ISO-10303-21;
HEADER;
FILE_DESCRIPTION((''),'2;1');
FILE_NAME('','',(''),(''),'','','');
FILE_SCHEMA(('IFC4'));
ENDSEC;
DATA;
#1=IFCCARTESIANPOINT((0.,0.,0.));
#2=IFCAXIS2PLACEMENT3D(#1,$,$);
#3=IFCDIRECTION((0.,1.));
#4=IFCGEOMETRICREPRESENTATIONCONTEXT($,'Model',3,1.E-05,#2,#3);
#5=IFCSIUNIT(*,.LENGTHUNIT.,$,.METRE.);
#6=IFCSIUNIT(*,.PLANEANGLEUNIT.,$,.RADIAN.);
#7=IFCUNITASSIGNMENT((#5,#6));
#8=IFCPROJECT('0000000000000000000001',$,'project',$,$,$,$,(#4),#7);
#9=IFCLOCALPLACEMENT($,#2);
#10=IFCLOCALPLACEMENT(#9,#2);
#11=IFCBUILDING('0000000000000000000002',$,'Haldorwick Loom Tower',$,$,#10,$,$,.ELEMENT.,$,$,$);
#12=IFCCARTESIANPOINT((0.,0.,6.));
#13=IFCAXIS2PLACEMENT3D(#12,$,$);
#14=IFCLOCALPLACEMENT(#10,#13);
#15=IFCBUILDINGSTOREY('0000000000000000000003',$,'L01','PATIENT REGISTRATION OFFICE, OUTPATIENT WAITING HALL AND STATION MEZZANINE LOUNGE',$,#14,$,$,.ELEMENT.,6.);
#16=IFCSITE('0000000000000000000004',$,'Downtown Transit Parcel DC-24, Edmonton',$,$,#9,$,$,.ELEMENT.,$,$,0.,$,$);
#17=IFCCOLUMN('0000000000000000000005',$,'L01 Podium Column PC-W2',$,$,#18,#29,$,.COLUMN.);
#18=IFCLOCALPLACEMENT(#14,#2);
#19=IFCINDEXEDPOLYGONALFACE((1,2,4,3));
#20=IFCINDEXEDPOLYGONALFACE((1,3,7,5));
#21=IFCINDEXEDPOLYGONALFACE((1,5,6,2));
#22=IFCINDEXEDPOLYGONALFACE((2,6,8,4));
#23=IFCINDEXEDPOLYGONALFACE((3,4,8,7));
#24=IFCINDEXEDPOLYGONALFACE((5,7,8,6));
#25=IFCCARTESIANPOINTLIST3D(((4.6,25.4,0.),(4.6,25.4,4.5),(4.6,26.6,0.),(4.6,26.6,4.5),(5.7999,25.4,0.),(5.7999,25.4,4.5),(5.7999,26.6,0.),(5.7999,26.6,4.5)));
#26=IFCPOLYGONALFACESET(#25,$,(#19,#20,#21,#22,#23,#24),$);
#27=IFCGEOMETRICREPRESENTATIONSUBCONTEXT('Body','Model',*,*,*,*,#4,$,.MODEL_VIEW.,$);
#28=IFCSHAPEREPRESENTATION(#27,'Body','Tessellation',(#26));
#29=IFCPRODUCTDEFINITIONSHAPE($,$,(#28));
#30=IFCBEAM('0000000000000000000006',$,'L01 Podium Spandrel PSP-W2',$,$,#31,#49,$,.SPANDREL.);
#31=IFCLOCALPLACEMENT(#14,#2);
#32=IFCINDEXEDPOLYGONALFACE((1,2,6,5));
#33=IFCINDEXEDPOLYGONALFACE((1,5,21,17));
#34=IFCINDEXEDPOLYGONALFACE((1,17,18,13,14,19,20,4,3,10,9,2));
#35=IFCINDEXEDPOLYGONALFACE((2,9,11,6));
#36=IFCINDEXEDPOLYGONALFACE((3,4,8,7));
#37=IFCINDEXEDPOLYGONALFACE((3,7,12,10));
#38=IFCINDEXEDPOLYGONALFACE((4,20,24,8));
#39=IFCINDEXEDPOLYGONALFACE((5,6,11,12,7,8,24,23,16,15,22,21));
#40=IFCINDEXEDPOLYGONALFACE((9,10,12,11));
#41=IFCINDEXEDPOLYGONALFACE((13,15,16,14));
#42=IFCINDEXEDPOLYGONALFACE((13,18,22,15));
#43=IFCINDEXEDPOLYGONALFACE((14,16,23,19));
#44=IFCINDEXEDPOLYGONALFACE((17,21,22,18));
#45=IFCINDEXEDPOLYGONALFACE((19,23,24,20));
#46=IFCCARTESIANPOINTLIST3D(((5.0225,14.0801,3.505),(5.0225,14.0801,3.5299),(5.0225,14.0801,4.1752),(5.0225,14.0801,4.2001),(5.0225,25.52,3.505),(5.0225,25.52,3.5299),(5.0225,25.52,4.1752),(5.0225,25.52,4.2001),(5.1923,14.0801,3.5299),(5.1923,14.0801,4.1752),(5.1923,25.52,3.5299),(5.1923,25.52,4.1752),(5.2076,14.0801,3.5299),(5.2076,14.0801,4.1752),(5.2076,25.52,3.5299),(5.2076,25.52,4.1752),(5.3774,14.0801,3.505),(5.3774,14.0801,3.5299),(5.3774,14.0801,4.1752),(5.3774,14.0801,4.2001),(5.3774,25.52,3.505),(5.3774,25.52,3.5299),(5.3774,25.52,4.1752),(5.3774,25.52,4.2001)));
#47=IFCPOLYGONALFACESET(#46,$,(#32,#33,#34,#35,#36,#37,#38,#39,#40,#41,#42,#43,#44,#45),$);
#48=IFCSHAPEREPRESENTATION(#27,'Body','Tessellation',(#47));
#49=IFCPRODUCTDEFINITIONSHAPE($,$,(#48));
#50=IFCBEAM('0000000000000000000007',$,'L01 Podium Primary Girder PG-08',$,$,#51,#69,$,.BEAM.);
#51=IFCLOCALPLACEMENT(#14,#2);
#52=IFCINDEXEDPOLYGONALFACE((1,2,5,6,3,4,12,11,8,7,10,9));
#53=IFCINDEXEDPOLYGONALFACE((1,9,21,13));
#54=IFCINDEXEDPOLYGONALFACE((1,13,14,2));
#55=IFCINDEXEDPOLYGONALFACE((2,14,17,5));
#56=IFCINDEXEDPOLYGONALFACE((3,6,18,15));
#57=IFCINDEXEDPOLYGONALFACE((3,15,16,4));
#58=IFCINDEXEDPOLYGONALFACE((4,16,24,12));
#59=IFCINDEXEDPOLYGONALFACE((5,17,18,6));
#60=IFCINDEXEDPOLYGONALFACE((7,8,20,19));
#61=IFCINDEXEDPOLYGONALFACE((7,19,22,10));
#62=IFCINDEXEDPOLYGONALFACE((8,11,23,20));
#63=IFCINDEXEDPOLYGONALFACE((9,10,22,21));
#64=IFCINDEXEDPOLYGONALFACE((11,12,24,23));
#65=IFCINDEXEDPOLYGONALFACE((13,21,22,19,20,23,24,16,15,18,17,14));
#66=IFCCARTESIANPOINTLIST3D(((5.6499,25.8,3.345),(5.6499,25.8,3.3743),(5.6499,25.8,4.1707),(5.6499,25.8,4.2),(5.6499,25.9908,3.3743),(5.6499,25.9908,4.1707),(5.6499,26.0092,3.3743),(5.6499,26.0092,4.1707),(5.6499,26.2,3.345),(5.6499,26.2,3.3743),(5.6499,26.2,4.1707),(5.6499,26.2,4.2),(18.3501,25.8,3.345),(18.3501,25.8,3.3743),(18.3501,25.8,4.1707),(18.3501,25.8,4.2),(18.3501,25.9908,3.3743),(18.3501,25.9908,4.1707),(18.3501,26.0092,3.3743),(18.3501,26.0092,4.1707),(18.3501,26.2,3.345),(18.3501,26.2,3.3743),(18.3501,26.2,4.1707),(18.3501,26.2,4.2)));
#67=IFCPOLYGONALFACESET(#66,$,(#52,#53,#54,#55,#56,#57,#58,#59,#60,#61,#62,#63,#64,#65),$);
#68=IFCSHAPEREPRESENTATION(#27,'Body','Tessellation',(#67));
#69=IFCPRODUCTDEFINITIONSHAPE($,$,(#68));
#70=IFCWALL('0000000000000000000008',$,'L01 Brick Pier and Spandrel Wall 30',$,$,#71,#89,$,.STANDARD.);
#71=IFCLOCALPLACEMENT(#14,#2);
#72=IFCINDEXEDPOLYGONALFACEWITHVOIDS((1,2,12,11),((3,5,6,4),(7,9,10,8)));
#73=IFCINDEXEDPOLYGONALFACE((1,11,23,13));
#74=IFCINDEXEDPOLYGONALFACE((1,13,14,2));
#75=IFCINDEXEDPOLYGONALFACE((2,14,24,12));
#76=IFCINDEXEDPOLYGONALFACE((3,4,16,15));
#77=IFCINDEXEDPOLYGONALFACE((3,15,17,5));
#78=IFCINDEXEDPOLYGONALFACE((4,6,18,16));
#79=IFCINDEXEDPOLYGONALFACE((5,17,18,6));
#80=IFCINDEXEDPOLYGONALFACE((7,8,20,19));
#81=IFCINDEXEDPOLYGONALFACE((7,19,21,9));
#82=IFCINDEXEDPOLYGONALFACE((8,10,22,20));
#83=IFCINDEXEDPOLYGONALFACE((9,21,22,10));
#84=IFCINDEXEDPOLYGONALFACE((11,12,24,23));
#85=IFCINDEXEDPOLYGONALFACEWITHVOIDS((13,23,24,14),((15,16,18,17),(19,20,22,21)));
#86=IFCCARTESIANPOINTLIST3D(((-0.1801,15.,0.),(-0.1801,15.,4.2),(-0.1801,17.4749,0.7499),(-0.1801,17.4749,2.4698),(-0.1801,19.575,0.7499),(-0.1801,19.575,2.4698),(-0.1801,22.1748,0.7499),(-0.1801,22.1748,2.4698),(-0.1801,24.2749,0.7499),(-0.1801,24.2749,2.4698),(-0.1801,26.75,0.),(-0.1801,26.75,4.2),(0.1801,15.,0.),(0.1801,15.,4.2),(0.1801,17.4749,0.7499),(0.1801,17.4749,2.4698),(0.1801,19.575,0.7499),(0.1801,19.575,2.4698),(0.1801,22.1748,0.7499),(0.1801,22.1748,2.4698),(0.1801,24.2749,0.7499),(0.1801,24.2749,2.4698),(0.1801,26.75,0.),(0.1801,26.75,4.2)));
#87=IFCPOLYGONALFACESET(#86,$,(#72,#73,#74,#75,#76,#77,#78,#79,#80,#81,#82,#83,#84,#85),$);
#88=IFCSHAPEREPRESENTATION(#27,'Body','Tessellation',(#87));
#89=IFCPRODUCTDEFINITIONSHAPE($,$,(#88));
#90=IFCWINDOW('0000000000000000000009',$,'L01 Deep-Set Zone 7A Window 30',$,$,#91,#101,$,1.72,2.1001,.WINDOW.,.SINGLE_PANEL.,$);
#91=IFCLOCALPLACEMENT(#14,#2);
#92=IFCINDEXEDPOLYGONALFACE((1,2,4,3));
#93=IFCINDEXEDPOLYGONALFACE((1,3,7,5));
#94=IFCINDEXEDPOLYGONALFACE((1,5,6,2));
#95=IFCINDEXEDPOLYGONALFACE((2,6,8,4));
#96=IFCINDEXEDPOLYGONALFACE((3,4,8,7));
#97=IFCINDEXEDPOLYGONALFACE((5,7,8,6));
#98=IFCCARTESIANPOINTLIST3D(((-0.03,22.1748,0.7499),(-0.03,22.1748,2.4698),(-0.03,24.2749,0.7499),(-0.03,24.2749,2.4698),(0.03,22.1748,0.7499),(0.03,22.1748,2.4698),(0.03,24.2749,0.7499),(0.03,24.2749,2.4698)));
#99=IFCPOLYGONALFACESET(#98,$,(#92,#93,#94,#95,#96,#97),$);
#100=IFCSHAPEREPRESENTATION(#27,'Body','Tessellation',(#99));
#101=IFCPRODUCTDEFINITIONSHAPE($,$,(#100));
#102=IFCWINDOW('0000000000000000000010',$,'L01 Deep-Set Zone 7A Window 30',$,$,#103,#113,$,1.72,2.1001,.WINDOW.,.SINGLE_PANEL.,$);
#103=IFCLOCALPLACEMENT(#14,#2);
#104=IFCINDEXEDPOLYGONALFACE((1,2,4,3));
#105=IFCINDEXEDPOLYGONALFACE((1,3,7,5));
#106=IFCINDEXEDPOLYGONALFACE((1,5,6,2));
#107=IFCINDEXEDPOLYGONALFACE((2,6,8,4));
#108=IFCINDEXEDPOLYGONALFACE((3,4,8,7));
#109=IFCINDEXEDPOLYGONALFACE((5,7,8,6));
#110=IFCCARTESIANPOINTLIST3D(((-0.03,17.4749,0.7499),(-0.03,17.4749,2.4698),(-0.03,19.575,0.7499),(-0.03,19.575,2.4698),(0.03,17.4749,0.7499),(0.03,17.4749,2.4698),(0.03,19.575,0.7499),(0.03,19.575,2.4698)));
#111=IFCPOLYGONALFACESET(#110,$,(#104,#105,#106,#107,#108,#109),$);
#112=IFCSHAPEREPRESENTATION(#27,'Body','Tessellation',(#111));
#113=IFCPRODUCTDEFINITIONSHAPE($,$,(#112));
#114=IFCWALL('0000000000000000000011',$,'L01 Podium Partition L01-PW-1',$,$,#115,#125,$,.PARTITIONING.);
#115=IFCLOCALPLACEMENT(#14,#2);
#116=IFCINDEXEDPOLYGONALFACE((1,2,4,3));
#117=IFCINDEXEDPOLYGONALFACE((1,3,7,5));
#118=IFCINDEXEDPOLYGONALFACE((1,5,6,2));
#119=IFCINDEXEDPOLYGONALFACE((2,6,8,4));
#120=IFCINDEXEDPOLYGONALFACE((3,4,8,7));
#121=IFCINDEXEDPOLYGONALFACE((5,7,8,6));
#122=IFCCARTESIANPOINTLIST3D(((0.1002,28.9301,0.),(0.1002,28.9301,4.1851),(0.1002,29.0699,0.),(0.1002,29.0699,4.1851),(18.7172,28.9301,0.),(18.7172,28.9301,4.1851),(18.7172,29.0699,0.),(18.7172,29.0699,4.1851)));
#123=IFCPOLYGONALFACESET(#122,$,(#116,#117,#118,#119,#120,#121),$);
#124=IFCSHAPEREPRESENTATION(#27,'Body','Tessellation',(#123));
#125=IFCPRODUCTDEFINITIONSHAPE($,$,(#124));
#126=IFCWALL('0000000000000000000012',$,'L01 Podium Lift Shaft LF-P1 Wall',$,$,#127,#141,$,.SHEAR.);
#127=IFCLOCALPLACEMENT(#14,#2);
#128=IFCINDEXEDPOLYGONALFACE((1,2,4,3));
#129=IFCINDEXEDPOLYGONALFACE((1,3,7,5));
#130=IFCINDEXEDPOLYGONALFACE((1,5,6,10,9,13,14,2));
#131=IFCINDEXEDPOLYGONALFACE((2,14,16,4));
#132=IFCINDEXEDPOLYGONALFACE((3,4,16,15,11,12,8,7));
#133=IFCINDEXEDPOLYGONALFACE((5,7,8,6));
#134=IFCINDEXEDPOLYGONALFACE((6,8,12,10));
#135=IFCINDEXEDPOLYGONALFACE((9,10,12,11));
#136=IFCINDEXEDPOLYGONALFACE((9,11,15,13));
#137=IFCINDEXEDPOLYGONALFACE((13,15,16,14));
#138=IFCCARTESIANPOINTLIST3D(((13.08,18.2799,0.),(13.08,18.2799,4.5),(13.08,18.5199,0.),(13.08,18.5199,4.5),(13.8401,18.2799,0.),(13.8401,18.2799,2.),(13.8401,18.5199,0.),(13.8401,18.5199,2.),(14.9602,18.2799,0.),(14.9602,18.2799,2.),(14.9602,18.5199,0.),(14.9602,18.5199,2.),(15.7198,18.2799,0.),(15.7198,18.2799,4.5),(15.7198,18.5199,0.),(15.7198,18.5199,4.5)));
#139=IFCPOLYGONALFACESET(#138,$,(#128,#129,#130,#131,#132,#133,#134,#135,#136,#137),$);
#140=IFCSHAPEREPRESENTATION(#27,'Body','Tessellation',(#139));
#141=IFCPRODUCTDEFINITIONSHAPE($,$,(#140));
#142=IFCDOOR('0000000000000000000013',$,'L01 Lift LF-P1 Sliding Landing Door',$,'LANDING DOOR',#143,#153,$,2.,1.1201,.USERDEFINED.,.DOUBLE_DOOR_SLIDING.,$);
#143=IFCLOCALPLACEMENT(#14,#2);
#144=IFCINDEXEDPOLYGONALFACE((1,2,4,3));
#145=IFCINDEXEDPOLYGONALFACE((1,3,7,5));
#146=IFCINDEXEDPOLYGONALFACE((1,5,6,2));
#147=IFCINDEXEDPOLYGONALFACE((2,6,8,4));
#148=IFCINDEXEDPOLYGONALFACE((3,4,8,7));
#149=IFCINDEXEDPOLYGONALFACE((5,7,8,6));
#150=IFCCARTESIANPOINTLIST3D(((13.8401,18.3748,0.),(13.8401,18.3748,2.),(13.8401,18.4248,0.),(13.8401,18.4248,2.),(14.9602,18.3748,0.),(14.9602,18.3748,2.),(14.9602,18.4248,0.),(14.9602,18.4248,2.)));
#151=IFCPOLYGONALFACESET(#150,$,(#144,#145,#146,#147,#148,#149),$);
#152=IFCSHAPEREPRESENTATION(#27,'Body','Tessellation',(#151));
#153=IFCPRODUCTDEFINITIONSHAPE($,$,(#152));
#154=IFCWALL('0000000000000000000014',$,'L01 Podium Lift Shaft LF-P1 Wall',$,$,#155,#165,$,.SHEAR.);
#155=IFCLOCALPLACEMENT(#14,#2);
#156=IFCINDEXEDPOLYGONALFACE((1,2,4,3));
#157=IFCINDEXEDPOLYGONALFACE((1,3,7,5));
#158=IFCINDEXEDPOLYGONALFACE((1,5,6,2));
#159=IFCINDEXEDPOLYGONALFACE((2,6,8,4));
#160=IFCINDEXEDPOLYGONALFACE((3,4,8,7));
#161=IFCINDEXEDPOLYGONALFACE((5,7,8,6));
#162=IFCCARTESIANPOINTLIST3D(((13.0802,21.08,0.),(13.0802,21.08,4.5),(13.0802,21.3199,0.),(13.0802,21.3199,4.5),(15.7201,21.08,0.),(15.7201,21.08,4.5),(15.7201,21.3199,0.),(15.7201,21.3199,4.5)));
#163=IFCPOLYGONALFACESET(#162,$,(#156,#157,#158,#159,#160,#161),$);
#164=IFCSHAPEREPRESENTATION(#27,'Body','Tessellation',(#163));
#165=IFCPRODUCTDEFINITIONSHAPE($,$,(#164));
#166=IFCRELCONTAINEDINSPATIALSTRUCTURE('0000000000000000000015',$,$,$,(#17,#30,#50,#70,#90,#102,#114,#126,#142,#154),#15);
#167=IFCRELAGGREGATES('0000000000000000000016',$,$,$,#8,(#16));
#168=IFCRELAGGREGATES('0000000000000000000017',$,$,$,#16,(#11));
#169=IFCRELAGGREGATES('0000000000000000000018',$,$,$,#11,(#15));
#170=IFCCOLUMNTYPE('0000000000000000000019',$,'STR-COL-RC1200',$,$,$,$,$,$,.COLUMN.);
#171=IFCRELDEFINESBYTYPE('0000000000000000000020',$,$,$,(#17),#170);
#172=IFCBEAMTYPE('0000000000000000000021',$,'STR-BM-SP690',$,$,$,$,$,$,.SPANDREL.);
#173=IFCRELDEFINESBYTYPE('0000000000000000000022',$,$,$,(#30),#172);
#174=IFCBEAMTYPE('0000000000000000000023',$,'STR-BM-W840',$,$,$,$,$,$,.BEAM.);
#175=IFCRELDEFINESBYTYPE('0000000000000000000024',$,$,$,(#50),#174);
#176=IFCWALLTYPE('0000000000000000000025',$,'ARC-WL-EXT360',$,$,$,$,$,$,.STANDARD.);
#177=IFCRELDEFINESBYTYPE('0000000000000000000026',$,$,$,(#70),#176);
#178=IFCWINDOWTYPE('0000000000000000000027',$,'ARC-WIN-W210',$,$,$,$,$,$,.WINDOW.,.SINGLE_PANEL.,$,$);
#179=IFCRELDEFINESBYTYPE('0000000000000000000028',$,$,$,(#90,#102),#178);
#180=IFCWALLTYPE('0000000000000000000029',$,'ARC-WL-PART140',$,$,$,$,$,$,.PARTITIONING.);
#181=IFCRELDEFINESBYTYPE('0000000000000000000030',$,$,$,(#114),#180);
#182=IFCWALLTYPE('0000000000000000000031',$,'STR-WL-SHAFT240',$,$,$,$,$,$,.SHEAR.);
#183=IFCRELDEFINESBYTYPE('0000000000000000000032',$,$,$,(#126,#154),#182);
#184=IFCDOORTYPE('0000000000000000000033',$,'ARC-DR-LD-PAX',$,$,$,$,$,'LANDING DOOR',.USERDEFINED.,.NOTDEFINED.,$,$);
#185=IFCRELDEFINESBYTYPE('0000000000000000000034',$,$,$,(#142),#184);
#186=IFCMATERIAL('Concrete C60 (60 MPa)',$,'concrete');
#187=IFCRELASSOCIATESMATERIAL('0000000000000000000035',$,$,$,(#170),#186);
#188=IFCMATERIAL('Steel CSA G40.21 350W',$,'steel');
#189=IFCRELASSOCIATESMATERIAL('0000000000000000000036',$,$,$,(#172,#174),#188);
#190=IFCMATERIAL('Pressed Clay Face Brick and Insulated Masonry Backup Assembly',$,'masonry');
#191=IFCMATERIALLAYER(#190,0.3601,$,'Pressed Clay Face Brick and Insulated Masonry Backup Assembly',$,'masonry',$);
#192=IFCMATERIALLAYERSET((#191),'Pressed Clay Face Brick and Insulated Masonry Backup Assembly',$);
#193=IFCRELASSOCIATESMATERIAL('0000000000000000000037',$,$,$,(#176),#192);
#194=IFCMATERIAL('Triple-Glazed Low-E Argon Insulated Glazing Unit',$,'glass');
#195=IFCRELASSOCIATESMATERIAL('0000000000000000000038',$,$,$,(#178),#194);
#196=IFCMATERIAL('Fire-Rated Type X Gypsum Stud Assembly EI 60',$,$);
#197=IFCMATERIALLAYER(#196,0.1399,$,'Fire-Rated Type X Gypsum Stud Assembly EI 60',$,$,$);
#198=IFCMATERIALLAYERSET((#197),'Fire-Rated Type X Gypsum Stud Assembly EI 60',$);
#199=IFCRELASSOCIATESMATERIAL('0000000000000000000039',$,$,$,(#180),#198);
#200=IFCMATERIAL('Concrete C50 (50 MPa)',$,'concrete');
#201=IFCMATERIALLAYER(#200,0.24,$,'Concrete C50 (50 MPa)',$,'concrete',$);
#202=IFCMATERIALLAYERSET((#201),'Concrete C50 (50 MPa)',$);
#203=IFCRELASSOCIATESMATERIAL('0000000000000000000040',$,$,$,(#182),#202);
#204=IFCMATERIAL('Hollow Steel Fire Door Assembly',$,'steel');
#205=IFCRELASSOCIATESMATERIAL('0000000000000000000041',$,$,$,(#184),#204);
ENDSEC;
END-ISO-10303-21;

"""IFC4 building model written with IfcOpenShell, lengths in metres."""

from ifc_helpers import new_model, si_unit, direction, frame, frame_2d, origin, origin_2d, place, context, subcontext, project, spatial, rectangle, i_section, extrude, material, layer, layer_set, material_profile, profile_set, type_object, element, fill, save


model = new_model("IFC4")

# Units and contexts
model_context = context("Model", 3, precision=1e-05, world=origin(), true_north=direction((0.0, 1.0)))
body_context = subcontext(model_context, "Body", "Model", "MODEL_VIEW")
ifc_project = project(units=[si_unit("LENGTHUNIT", "METRE"), si_unit("PLANEANGLEUNIT", "RADIAN")], contexts=[model_context])

# Site, building, storey
site_placement = place(None, origin())
site = spatial("IfcSite", under=ifc_project, at=site_placement, Name="Downtown Transit Parcel DC-24, Edmonton", CompositionType="ELEMENT", RefElevation=0.0)
building_placement = place(site_placement, origin())
building = spatial("IfcBuilding", under=site, at=building_placement, Name="Haldorwick Loom Tower", CompositionType="ELEMENT")
storey_placement = place(building_placement, frame((0.0, 0.0, 6.0)))
storey = spatial("IfcBuildingStorey", under=building, at=storey_placement, Name="L01", Description="PATIENT REGISTRATION OFFICE, OUTPATIENT WAITING HALL AND STATION MEZZANINE LOUNGE", CompositionType="ELEMENT", Elevation=6.0)

# Column
ifc_material_1 = material(Name="Concrete C60 (60 MPa)", Category="concrete")
ifc_material_profile_1 = material_profile(ifc_material_1, rectangle(XDim=1.2, YDim=1.2, at=origin_2d()), Name="RC1200X1200", Category="concrete")
ifc_profile_set_1 = profile_set([ifc_material_profile_1], Name="Concrete C60 (60 MPa)")
column_type = type_object("IfcColumnType", Name="STR-COL-RC1200", PredefinedType="COLUMN", material=ifc_profile_set_1)
column_placement = place(storey_placement, frame((5.2, 26.0, 0.0), z_axis=(0.0, 0.0, 1.0), x_axis=(1.0, 0.0, 0.0)))
element("IfcColumn", 1, at=column_placement, inside=storey, type_object=column_type, Name="L01 Podium Column PC-W2", PredefinedType="COLUMN", context=body_context, shape_type="SweptSolid", body=[
    extrude(rectangle(XDim=1.2, YDim=1.2, at=origin_2d()), origin(), (0.0, 0.0, 1.0), 4.5),
])

# Beams
ifc_material_2 = material(Name="Steel CSA G40.21 350W", Category="steel")
ifc_material_profile_2 = material_profile(ifc_material_2, i_section(OverallWidth=0.355, OverallDepth=0.6951, WebThickness=0.0154, FlangeThickness=0.0249, at=origin_2d()), Name="W690X217", Category="steel")
ifc_profile_set_2 = profile_set([ifc_material_profile_2], Name="Steel CSA G40.21 350W")
beam_type_1 = type_object("IfcBeamType", Name="STR-BM-SP690", PredefinedType="SPANDREL", material=ifc_profile_set_2)
beam_1_placement = place(storey_placement, frame((5.2, 25.52, 3.8525), z_axis=(0.0, -1.0, 0.0), x_axis=(1.0, 0.0, 0.0)))
element("IfcBeam", 2, at=beam_1_placement, inside=storey, type_object=beam_type_1, Name="L01 Podium Spandrel PSP-W2", PredefinedType="SPANDREL", context=body_context, shape_type="SweptSolid", body=[
    extrude(i_section(OverallWidth=0.355, OverallDepth=0.6951, WebThickness=0.0154, FlangeThickness=0.0249, at=origin_2d()), origin(), (0.0, 0.0, 1.0), 11.4399),
])
ifc_material_profile_3 = material_profile(ifc_material_2, i_section(OverallWidth=0.3999, OverallDepth=0.855, WebThickness=0.0183, FlangeThickness=0.0293, at=origin_2d()), Name="W840X299", Category="steel")
ifc_profile_set_3 = profile_set([ifc_material_profile_3], Name="Steel CSA G40.21 350W")
beam_type_2 = type_object("IfcBeamType", Name="STR-BM-W840", PredefinedType="BEAM", material=ifc_profile_set_3)
beam_2_placement = place(storey_placement, frame((5.6499, 26.0, 3.7725), z_axis=(1.0, 0.0, 0.0), x_axis=(0.0, 1.0, 0.0)))
element("IfcBeam", 3, at=beam_2_placement, inside=storey, type_object=beam_type_2, Name="L01 Podium Primary Girder PG-08", PredefinedType="BEAM", context=body_context, shape_type="SweptSolid", body=[
    extrude(i_section(OverallWidth=0.3999, OverallDepth=0.855, WebThickness=0.0183, FlangeThickness=0.0293, at=origin_2d()), origin(), (0.0, 0.0, 1.0), 12.7002),
])

# Wall, openings, windows
ifc_material_3 = material(Name="Pressed Clay Face Brick and Insulated Masonry Backup Assembly", Category="masonry")
ifc_layer_1 = layer(ifc_material_3, 0.3601, Name="Pressed Clay Face Brick and Insulated Masonry Backup Assembly", Category="masonry")
ifc_layer_set_1 = layer_set([ifc_layer_1], Name="Pressed Clay Face Brick and Insulated Masonry Backup Assembly")
wall_type_1 = type_object("IfcWallType", Name="ARC-WL-EXT360", PredefinedType="STANDARD", material=ifc_layer_set_1)
wall_1_placement = place(storey_placement, frame((0.0, 26.75, 0.0), z_axis=(0.0, 0.0, 1.0), x_axis=(0.0, -1.0, 0.0)))
wall_1 = element("IfcWall", 4, at=wall_1_placement, inside=storey, type_object=wall_type_1, Name="L01 Brick Pier and Spandrel Wall 30", PredefinedType="STANDARD", context=body_context, shape_type="SweptSolid", body=[
    extrude(rectangle(XDim=11.75, YDim=0.3601, at=frame_2d((5.875, 0.0))), origin(), (0.0, 0.0, 1.0), 4.2),
])
opening_1_placement = place(wall_1_placement, frame((2.4751, 0.0, 0.75)))
opening_1 = element("IfcOpeningElement", 5, at=opening_1_placement, cuts=wall_1, PredefinedType="OPENING", context=body_context, shape_type="SweptSolid", body=[
    extrude(rectangle(XDim=2.1001, YDim=1.72, at=frame_2d((1.05, 0.8599))), frame((0.0, 0.1899, 0.0), z_axis=(0.0, -1.0, 0.0), x_axis=(1.0, 0.0, 0.0)), (0.0, 0.0, 1.0), 0.3801),
])
opening_2_placement = place(wall_1_placement, frame((7.175, 0.0, 0.75)))
opening_2 = element("IfcOpeningElement", 6, at=opening_2_placement, cuts=wall_1, PredefinedType="OPENING", context=body_context, shape_type="SweptSolid", body=[
    extrude(rectangle(XDim=2.1001, YDim=1.72, at=frame_2d((1.05, 0.8599))), frame((0.0, 0.1899, 0.0), z_axis=(0.0, -1.0, 0.0), x_axis=(1.0, 0.0, 0.0)), (0.0, 0.0, 1.0), 0.3801),
])
ifc_material_4 = material(Name="Triple-Glazed Low-E Argon Insulated Glazing Unit", Category="glass")
window_type = type_object("IfcWindowType", Name="ARC-WIN-W210", PartitioningType="SINGLE_PANEL", PredefinedType="WINDOW", material=ifc_material_4)
window_1_placement = place(opening_1_placement, origin())
window_1 = element("IfcWindow", 7, at=window_1_placement, inside=storey, type_object=window_type, Name="L01 Deep-Set Zone 7A Window 30", OverallHeight=1.72, OverallWidth=2.1001, PartitioningType="SINGLE_PANEL", PredefinedType="WINDOW", context=body_context, shape_type="SweptSolid", body=[
    extrude(rectangle(XDim=2.1001, YDim=1.72, at=frame_2d((1.05, 0.8599))), frame((0.0, 0.03, 0.0), z_axis=(0.0, -1.0, 0.0), x_axis=(1.0, 0.0, 0.0)), (0.0, 0.0, 1.0), 0.0601),
])
fill(opening_1, window_1)
window_2_placement = place(opening_2_placement, origin())
window_2 = element("IfcWindow", 8, at=window_2_placement, inside=storey, type_object=window_type, Name="L01 Deep-Set Zone 7A Window 30", OverallHeight=1.72, OverallWidth=2.1001, PartitioningType="SINGLE_PANEL", PredefinedType="WINDOW", context=body_context, shape_type="SweptSolid", body=[
    extrude(rectangle(XDim=2.1001, YDim=1.72, at=frame_2d((1.05, 0.8599))), frame((0.0, 0.03, 0.0), z_axis=(0.0, -1.0, 0.0), x_axis=(1.0, 0.0, 0.0)), (0.0, 0.0, 1.0), 0.0601),
])
fill(opening_2, window_2)

# Wall
ifc_material_5 = material(Name="Fire-Rated Type X Gypsum Stud Assembly EI 60")
ifc_layer_2 = layer(ifc_material_5, 0.1399, Name="Fire-Rated Type X Gypsum Stud Assembly EI 60")
ifc_layer_set_2 = layer_set([ifc_layer_2], Name="Fire-Rated Type X Gypsum Stud Assembly EI 60")
wall_type_2 = type_object("IfcWallType", Name="ARC-WL-PART140", PredefinedType="PARTITIONING", material=ifc_layer_set_2)
wall_2_placement = place(storey_placement, frame((0.1001, 29.0, 0.0), z_axis=(0.0, 0.0, 1.0), x_axis=(1.0, 0.0, 0.0)))
element("IfcWall", 9, at=wall_2_placement, inside=storey, type_object=wall_type_2, Name="L01 Podium Partition L01-PW-1", PredefinedType="PARTITIONING", context=body_context, shape_type="SweptSolid", body=[
    extrude(rectangle(XDim=18.6169, YDim=0.1399, at=frame_2d((9.3086, 0.0))), origin(), (0.0, 0.0, 1.0), 4.1851),
])

# Wall, opening, door
ifc_material_6 = material(Name="Concrete C50 (50 MPa)", Category="concrete")
ifc_layer_3 = layer(ifc_material_6, 0.24, Name="Concrete C50 (50 MPa)", Category="concrete")
ifc_layer_set_3 = layer_set([ifc_layer_3], Name="Concrete C50 (50 MPa)")
wall_type_3 = type_object("IfcWallType", Name="STR-WL-SHAFT240", PredefinedType="SHEAR", material=ifc_layer_set_3)
wall_3_placement = place(storey_placement, frame((13.0801, 18.3999, 0.0), z_axis=(0.0, 0.0, 1.0), x_axis=(1.0, 0.0, 0.0)))
wall_3 = element("IfcWall", 10, at=wall_3_placement, inside=storey, type_object=wall_type_3, Name="L01 Podium Lift Shaft LF-P1 Wall", PredefinedType="SHEAR", context=body_context, shape_type="SweptSolid", body=[
    extrude(rectangle(XDim=2.6399, YDim=0.24, at=frame_2d((1.3198, 0.0))), origin(), (0.0, 0.0, 1.0), 4.5),
])
opening_3_placement = place(wall_3_placement, frame((0.76, 0.0, 0.0)))
opening_3 = element("IfcOpeningElement", 11, at=opening_3_placement, cuts=wall_3, PredefinedType="OPENING", context=body_context, shape_type="SweptSolid", body=[
    extrude(rectangle(XDim=1.1201, YDim=2.0, at=frame_2d((0.5601, 1.0))), frame((0.0, 0.1299, 0.0), z_axis=(0.0, -1.0, 0.0), x_axis=(1.0, 0.0, 0.0)), (0.0, 0.0, 1.0), 0.26),
])
ifc_material_7 = material(Name="Hollow Steel Fire Door Assembly", Category="steel")
door_type = type_object("IfcDoorType", Name="ARC-DR-LD-PAX", ElementType="LANDING DOOR", OperationType="NOTDEFINED", PredefinedType="USERDEFINED", material=ifc_material_7)
door_placement = place(opening_3_placement, origin())
door = element("IfcDoor", 12, at=door_placement, inside=storey, type_object=door_type, Name="L01 Lift LF-P1 Sliding Landing Door", ObjectType="LANDING DOOR", OperationType="DOUBLE_DOOR_SLIDING", OverallHeight=2.0, OverallWidth=1.1201, PredefinedType="USERDEFINED", context=body_context, shape_type="SweptSolid", body=[
    extrude(rectangle(XDim=1.1201, YDim=2.0, at=frame_2d((0.5601, 1.0))), frame((0.0, 0.0249, 0.0), z_axis=(0.0, -1.0, 0.0), x_axis=(1.0, 0.0, 0.0)), (0.0, 0.0, 1.0), 0.05),
])
fill(opening_3, door)

# Wall
wall_4_placement = place(storey_placement, frame((15.72, 21.2, 0.0), z_axis=(0.0, 0.0, 1.0), x_axis=(-1.0, 0.0, 0.0)))
element("IfcWall", 13, at=wall_4_placement, inside=storey, type_object=wall_type_3, Name="L01 Podium Lift Shaft LF-P1 Wall", PredefinedType="SHEAR", context=body_context, shape_type="SweptSolid", body=[
    extrude(rectangle(XDim=2.6399, YDim=0.24, at=frame_2d((1.3198, 0.0))), origin(), (0.0, 0.0, 1.0), 4.5),
])

save(model, "model.ifc")
